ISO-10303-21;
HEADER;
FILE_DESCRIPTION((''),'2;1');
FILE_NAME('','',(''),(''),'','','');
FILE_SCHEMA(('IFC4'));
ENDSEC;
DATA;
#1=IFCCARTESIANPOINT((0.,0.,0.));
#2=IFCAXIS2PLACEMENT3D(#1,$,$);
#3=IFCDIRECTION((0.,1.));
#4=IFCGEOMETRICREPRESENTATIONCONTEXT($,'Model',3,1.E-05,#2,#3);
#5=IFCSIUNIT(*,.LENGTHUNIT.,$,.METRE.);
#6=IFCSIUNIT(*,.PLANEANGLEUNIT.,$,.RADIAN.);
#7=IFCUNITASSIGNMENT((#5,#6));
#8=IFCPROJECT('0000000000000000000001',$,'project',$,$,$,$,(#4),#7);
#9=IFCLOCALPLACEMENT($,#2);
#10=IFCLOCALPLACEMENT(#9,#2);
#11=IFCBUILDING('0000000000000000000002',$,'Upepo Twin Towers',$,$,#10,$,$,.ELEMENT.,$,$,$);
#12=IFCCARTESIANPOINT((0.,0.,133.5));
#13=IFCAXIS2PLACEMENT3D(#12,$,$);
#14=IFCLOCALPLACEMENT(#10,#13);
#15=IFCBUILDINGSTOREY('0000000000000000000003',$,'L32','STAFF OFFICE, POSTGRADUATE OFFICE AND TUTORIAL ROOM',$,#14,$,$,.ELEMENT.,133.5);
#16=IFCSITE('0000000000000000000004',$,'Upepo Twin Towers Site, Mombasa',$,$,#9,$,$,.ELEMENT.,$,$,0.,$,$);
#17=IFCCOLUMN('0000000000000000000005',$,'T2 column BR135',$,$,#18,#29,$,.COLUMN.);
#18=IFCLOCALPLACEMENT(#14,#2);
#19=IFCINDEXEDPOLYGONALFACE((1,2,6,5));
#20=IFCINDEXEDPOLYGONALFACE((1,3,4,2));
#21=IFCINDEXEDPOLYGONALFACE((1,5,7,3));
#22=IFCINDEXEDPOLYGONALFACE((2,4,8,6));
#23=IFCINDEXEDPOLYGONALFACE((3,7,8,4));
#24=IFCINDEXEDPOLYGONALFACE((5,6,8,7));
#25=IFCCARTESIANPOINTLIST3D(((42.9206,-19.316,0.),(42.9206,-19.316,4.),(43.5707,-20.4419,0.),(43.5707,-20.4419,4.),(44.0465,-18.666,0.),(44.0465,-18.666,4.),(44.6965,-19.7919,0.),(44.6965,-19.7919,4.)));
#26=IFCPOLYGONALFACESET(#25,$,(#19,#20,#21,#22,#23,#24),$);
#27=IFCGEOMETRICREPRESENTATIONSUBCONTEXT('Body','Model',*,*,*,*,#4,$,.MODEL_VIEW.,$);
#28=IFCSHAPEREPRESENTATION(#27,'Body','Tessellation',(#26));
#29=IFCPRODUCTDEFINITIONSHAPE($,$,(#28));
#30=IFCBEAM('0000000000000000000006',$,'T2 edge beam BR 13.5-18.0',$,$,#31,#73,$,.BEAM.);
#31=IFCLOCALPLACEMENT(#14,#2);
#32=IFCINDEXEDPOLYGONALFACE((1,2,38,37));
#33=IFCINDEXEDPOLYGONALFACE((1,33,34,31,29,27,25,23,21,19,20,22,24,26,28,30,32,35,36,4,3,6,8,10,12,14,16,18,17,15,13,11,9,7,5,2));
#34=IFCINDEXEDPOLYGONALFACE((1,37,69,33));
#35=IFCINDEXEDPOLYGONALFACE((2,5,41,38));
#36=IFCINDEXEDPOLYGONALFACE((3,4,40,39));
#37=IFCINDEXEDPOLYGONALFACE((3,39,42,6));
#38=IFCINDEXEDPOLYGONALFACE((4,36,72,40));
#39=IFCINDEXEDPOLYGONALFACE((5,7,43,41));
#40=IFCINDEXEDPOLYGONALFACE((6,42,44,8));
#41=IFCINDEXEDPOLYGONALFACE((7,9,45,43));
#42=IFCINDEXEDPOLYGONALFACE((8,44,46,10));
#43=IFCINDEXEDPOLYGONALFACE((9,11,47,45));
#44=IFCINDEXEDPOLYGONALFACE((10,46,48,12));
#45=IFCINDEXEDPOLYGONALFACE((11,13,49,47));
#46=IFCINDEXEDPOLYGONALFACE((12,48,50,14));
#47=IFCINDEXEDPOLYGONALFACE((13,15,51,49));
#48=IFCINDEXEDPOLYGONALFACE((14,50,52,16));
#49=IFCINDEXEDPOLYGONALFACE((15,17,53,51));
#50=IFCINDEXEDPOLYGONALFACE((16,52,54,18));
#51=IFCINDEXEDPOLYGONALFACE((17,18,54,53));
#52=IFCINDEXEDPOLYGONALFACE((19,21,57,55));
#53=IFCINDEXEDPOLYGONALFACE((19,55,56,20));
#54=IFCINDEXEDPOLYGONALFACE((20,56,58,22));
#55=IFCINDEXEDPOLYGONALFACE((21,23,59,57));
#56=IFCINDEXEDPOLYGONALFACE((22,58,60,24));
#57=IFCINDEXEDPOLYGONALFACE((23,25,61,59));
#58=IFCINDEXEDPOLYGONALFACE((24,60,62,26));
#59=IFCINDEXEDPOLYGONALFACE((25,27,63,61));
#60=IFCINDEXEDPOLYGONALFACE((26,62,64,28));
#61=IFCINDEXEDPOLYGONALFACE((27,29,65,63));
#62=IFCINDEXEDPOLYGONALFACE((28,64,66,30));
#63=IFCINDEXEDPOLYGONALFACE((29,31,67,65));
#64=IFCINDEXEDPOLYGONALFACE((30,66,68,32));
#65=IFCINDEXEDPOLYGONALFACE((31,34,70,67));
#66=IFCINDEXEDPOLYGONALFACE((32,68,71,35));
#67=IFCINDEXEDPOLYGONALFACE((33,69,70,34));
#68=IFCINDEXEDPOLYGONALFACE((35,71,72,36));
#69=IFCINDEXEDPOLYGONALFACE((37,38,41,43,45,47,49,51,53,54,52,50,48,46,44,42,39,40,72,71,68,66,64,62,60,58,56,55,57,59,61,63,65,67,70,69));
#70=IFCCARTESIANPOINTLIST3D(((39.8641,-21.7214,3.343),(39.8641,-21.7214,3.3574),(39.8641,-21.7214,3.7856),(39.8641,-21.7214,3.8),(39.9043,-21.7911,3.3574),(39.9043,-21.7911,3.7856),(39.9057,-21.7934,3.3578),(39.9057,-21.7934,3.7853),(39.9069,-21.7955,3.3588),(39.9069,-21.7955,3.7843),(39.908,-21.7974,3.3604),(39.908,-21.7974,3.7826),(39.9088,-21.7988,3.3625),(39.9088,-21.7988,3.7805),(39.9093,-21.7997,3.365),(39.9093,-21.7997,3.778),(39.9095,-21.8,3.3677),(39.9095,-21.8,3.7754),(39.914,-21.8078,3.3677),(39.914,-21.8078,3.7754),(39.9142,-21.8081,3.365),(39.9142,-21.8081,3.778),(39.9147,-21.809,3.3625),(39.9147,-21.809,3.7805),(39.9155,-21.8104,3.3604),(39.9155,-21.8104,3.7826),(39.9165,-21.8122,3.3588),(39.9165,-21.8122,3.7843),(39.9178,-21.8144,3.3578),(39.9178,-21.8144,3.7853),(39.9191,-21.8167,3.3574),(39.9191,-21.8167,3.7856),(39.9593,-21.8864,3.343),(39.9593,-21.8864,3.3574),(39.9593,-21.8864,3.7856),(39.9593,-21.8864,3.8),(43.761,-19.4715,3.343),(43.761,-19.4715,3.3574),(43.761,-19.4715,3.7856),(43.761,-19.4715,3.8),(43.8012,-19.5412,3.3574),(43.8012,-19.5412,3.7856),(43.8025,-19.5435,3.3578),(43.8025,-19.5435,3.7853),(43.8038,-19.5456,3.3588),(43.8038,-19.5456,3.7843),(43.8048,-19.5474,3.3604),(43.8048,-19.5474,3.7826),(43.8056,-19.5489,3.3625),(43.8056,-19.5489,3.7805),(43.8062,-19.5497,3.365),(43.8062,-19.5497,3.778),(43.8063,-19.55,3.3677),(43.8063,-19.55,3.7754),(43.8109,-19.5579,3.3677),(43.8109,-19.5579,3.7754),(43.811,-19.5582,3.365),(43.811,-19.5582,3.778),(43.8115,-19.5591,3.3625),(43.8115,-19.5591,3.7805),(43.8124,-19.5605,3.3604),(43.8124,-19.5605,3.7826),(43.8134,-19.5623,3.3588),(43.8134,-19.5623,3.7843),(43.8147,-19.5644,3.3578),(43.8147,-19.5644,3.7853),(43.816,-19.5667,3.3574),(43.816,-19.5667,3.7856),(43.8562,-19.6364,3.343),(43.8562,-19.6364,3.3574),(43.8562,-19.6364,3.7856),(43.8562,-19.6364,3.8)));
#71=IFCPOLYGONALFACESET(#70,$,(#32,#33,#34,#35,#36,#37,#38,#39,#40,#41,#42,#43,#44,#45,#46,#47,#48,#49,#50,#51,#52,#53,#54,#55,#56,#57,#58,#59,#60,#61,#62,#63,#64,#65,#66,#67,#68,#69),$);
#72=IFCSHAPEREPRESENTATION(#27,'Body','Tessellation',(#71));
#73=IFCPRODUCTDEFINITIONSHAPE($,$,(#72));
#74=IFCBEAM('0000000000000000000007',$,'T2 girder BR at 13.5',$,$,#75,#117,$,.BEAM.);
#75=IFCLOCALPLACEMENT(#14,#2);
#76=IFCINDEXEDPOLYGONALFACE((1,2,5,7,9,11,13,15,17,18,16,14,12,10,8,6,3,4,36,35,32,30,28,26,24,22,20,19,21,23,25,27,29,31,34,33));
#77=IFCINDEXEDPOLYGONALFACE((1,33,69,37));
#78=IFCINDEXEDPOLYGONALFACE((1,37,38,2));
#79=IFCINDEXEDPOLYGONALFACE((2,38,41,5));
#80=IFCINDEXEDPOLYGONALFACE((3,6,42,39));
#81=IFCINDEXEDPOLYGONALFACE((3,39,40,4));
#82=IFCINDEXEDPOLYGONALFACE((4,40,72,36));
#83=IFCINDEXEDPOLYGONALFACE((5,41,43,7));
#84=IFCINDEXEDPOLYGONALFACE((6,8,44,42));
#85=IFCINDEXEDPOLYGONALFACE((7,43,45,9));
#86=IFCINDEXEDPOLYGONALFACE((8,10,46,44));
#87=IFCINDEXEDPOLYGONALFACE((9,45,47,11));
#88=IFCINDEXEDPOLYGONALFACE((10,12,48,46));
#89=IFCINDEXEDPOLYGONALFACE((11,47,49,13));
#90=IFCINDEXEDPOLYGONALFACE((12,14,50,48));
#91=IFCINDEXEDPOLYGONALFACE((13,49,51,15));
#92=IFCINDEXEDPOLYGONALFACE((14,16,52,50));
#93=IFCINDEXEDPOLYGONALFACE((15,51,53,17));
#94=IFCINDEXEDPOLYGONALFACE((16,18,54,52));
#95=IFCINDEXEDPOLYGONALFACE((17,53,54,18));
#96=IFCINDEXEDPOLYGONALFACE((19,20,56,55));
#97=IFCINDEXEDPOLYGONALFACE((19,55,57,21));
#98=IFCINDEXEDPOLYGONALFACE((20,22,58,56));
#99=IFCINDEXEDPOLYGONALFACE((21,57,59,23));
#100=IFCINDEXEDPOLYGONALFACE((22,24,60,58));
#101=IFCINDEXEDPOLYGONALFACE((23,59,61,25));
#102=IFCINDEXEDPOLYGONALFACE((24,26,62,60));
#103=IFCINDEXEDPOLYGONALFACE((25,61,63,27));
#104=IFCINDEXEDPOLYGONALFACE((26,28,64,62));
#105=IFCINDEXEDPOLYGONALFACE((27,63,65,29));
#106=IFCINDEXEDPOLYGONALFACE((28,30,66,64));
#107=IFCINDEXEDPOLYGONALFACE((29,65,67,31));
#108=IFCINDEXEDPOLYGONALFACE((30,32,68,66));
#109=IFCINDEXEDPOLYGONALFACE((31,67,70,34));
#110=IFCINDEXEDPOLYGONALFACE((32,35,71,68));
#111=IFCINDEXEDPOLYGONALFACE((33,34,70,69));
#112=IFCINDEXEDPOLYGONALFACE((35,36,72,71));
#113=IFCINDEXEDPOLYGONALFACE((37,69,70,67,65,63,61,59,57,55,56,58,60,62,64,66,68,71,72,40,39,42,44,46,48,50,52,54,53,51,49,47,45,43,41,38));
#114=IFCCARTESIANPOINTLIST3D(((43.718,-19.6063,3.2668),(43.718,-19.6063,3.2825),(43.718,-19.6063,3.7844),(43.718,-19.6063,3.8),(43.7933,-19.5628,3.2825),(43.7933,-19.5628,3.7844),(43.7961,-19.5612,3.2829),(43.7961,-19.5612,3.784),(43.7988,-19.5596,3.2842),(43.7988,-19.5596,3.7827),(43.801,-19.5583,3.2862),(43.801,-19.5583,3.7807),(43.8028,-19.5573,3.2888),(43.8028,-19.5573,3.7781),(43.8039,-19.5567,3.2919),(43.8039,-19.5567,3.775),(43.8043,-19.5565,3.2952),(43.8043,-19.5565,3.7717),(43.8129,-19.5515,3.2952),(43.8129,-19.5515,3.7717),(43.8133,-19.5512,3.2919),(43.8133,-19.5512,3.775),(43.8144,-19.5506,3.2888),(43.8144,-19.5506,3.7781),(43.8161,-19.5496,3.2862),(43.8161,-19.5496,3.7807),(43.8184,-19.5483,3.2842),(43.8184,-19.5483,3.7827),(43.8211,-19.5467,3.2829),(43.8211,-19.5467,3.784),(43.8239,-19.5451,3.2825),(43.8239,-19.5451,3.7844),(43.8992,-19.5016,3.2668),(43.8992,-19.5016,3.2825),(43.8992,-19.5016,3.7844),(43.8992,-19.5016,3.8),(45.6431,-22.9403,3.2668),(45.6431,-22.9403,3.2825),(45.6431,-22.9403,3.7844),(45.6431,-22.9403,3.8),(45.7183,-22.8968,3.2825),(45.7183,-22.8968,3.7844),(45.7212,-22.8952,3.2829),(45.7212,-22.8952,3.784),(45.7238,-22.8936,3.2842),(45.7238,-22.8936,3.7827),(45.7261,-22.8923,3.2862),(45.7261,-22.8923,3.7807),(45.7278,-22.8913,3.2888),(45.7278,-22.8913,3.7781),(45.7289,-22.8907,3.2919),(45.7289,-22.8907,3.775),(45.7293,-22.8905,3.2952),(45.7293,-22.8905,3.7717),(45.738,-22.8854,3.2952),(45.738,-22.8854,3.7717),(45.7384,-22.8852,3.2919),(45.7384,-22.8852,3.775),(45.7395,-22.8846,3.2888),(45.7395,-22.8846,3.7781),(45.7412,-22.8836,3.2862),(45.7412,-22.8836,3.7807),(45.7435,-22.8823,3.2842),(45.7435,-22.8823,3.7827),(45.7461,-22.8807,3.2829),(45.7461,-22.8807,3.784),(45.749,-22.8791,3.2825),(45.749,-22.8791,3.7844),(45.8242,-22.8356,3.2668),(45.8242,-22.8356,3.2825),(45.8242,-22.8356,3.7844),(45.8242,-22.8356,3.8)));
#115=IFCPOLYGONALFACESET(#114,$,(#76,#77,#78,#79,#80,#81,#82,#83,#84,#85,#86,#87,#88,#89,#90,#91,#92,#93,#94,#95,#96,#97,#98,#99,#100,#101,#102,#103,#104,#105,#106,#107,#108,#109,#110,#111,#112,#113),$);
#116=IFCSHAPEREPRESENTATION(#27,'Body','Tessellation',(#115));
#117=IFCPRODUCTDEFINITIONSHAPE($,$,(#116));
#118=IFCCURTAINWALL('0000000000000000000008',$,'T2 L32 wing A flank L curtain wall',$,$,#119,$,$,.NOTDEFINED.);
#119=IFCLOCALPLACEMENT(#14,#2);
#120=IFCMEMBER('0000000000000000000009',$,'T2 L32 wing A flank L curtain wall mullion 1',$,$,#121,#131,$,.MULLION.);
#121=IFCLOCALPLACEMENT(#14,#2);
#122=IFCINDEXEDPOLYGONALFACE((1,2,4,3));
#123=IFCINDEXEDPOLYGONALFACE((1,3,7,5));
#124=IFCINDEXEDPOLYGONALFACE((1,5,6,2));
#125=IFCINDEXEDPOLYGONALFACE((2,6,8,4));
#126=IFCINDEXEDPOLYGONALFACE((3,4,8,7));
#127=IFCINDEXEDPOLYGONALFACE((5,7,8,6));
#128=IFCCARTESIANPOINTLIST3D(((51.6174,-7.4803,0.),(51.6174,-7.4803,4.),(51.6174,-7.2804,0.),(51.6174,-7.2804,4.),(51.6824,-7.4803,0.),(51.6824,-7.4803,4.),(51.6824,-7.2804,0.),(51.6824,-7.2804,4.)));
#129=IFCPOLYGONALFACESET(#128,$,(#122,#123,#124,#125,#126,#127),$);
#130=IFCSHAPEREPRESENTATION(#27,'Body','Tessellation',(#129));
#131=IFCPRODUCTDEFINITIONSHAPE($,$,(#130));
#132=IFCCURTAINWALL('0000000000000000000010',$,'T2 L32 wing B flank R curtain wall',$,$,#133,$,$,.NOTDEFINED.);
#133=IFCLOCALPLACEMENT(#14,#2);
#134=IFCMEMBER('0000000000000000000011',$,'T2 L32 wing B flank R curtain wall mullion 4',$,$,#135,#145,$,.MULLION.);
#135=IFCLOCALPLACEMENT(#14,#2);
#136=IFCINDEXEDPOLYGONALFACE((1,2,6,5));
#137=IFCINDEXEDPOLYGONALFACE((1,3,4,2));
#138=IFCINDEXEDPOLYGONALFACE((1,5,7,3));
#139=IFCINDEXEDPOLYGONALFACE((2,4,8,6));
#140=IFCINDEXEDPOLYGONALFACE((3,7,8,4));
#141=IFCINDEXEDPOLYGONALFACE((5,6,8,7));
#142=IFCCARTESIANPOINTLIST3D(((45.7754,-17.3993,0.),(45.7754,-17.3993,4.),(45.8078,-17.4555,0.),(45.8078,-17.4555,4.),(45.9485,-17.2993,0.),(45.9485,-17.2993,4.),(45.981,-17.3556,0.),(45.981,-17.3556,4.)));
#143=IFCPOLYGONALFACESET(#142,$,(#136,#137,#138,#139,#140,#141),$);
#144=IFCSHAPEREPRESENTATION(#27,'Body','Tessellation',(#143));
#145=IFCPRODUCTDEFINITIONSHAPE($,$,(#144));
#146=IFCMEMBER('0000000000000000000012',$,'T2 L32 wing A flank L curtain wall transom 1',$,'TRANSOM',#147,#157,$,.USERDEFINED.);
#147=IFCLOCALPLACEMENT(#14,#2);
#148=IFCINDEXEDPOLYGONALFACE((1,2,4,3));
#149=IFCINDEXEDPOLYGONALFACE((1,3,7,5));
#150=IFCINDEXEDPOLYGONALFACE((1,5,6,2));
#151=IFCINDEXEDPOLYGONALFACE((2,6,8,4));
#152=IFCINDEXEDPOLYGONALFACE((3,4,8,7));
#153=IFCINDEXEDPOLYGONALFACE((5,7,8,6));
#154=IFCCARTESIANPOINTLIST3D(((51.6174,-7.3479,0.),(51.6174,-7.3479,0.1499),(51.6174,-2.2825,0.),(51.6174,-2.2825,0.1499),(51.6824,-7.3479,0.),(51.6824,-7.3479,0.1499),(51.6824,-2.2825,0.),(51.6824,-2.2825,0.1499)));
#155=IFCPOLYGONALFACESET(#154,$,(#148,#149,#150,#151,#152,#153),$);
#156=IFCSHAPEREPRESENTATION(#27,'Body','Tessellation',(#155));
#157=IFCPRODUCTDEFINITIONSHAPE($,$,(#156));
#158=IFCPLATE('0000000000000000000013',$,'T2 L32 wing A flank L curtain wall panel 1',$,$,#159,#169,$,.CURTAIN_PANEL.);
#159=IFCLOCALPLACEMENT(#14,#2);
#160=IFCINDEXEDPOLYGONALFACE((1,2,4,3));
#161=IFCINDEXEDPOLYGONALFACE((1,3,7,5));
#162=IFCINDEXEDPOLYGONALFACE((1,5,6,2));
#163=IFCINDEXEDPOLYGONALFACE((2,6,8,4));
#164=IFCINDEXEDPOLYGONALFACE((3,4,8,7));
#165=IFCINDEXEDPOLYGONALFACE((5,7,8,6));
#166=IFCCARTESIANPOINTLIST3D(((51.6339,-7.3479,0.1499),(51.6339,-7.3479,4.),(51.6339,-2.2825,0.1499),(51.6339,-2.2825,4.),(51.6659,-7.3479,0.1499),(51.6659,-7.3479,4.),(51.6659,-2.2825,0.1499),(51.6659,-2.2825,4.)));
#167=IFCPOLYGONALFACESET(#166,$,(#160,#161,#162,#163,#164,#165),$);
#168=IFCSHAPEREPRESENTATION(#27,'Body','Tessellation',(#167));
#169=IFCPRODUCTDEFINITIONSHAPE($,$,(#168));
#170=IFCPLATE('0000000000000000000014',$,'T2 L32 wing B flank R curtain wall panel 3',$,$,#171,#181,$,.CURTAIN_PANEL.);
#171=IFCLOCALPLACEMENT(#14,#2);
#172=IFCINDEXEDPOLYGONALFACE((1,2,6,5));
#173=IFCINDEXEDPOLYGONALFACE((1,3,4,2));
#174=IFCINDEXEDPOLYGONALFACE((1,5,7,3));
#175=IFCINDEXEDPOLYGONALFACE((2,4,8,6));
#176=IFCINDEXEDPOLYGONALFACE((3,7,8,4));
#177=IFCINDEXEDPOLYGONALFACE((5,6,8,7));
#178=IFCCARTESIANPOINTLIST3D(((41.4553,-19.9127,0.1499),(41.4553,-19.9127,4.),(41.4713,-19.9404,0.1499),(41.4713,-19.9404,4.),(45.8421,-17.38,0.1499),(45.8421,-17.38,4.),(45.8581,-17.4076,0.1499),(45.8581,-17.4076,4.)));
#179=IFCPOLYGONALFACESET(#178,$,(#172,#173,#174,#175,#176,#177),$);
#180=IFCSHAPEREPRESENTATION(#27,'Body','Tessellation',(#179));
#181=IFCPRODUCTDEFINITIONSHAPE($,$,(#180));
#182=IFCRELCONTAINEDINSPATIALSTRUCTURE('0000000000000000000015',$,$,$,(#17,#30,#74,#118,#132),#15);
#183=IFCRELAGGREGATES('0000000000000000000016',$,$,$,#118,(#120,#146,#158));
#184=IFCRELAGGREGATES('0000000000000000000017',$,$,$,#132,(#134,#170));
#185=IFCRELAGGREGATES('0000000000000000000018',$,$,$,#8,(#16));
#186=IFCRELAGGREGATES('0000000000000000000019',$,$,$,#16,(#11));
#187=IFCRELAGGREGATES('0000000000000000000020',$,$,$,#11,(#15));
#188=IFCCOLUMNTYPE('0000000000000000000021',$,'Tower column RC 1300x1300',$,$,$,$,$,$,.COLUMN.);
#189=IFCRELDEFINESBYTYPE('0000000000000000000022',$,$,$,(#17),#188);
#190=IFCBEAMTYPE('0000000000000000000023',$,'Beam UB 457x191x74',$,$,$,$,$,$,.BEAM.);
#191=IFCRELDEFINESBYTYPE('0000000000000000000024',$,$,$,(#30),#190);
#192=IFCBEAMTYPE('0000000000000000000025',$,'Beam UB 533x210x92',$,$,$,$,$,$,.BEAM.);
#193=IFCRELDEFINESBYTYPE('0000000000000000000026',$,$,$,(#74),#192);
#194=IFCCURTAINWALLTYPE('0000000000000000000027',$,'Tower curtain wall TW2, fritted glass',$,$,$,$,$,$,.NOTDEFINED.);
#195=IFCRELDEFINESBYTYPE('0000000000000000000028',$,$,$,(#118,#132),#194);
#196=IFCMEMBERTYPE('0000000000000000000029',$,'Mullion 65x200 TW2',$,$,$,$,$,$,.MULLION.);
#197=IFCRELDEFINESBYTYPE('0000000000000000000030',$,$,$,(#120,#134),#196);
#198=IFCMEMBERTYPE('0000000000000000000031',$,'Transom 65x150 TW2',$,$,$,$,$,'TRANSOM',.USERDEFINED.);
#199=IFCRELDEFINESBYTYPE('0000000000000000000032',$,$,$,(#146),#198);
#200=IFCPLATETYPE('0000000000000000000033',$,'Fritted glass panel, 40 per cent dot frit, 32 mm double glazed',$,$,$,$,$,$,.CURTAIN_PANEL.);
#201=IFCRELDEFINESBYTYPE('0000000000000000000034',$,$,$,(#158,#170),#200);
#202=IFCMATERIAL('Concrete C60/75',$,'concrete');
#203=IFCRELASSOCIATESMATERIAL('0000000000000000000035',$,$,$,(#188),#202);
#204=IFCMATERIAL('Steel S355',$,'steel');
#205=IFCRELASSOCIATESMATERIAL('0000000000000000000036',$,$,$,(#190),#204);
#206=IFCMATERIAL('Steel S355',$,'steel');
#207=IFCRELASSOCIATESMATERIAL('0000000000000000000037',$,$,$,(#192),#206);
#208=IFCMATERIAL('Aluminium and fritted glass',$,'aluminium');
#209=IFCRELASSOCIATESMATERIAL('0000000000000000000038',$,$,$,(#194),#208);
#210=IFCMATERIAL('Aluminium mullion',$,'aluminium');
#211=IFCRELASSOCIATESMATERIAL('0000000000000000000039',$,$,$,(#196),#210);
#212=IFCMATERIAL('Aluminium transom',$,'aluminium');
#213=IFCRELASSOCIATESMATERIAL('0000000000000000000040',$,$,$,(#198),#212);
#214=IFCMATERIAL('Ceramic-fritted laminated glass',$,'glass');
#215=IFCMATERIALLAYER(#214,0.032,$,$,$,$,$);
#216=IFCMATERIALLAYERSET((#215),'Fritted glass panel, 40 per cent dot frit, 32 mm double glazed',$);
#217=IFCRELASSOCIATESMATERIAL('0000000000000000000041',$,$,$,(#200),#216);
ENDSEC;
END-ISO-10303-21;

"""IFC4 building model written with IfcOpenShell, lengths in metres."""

from ifc_helpers import new_model, si_unit, direction, frame, origin, origin_2d, place, context, subcontext, project, spatial, rectangle, i_section, extrude, material, layer, layer_set, material_profile, profile_set, type_object, element, aggregate, save


model = new_model("IFC4")

# Units and contexts
model_context = context("Model", 3, precision=1e-05, world=origin(), true_north=direction((0.0, 1.0)))
body_context = subcontext(model_context, "Body", "Model", "MODEL_VIEW")
ifc_project = project(units=[si_unit("LENGTHUNIT", "METRE"), si_unit("PLANEANGLEUNIT", "RADIAN")], contexts=[model_context])

# Site, building, storey
site_placement = place(None, origin())
site = spatial("IfcSite", under=ifc_project, at=site_placement, Name="Upepo Twin Towers Site, Mombasa", CompositionType="ELEMENT", RefElevation=0.0)
building_placement = place(site_placement, origin())
building = spatial("IfcBuilding", under=site, at=building_placement, Name="Upepo Twin Towers", CompositionType="ELEMENT")
storey_placement = place(building_placement, frame((0.0, 0.0, 133.5)))
storey = spatial("IfcBuildingStorey", under=building, at=storey_placement, Name="L32", Description="STAFF OFFICE, POSTGRADUATE OFFICE AND TUTORIAL ROOM", CompositionType="ELEMENT", Elevation=133.5)

# Column
ifc_material_1 = material(Name="Concrete C60/75", Category="concrete")
ifc_material_profile_1 = material_profile(ifc_material_1, rectangle(XDim=1.3, YDim=1.3, at=origin_2d()), Name="RC 1300x1300")
ifc_profile_set_1 = profile_set([ifc_material_profile_1], Name="Concrete C60/75")
column_type = type_object("IfcColumnType", Name="Tower column RC 1300x1300", PredefinedType="COLUMN", material=ifc_profile_set_1)
column_placement = place(storey_placement, frame((43.8086, -19.554, 0.0), z_axis=(0.0, 0.0, 1.0), x_axis=(0.866025, 0.5, 0.0)))
element("IfcColumn", 1, at=column_placement, inside=storey, type_object=column_type, Name="T2 column BR135", PredefinedType="COLUMN", context=body_context, shape_type="SweptSolid", body=[
    extrude(rectangle(XDim=1.3, YDim=1.3, at=origin_2d()), origin(), (0.0, 0.0, 1.0), 4.0),
])

# Beams
ifc_material_2 = material(Name="Steel S355", Category="steel")
ifc_material_profile_2 = material_profile(ifc_material_2, i_section(OverallWidth=0.1904, OverallDepth=0.457, WebThickness=0.009, FlangeThickness=0.0144, FilletRadius=0.0103, at=origin_2d()), Name="UB 457x191x74")
ifc_profile_set_2 = profile_set([ifc_material_profile_2], Name="Steel S355")
beam_type_1 = type_object("IfcBeamType", Name="Beam UB 457x191x74", PredefinedType="BEAM", material=ifc_profile_set_2)
beam_1_placement = place(storey_placement, frame((43.8086, -19.554, 3.5715), z_axis=(-0.866018, -0.500014, 0.0), x_axis=(0.500014, -0.866018, 0.0)))
element("IfcBeam", 2, at=beam_1_placement, inside=storey, type_object=beam_type_1, Name="T2 edge beam BR 13.5-18.0", PredefinedType="BEAM", context=body_context, shape_type="SweptSolid", body=[
    extrude(i_section(OverallWidth=0.1904, OverallDepth=0.457, WebThickness=0.009, FlangeThickness=0.0144, FilletRadius=0.0103, at=origin_2d()), origin(), (0.0, 0.0, 1.0), 4.4998),
])
ifc_material_3 = material(Name="Steel S355", Category="steel")
ifc_material_profile_3 = material_profile(ifc_material_3, i_section(OverallWidth=0.2092, OverallDepth=0.5332, WebThickness=0.01, FlangeThickness=0.0156, FilletRadius=0.0127, at=origin_2d()), Name="UB 533x210x92")
ifc_profile_set_3 = profile_set([ifc_material_profile_3], Name="Steel S355")
beam_type_2 = type_object("IfcBeamType", Name="Beam UB 533x210x92", PredefinedType="BEAM", material=ifc_profile_set_3)
beam_2_placement = place(storey_placement, frame((43.8086, -19.554, 3.5334), z_axis=(0.500034, -0.866006, 0.0), x_axis=(0.866006, 0.500034, 0.0)))
element("IfcBeam", 3, at=beam_2_placement, inside=storey, type_object=beam_type_2, Name="T2 girder BR at 13.5", PredefinedType="BEAM", context=body_context, shape_type="SweptSolid", body=[
    extrude(i_section(OverallWidth=0.2092, OverallDepth=0.5332, WebThickness=0.01, FlangeThickness=0.0156, FilletRadius=0.0127, at=origin_2d()), origin(), (0.0, 0.0, 1.0), 3.8499),
])

# Curtain walls, members
ifc_material_4 = material(Name="Aluminium and fritted glass", Category="aluminium")
curtain_wall_type = type_object("IfcCurtainWallType", Name="Tower curtain wall TW2, fritted glass", PredefinedType="NOTDEFINED", material=ifc_material_4)
curtain_wall_1_placement = place(storey_placement, origin())
curtain_wall_1 = element("IfcCurtainWall", 4, at=curtain_wall_1_placement, inside=storey, type_object=curtain_wall_type, Name="T2 L32 wing A flank L curtain wall", PredefinedType="NOTDEFINED")
ifc_material_5 = material(Name="Aluminium mullion", Category="aluminium")
ifc_material_profile_4 = material_profile(ifc_material_5, rectangle(XDim=0.0649, YDim=0.2, at=origin_2d()), Name="MULLION 65x200")
ifc_profile_set_4 = profile_set([ifc_material_profile_4], Name="Aluminium mullion")
member_type_1 = type_object("IfcMemberType", Name="Mullion 65x200 TW2", PredefinedType="MULLION", material=ifc_profile_set_4)
member_1_placement = place(storey_placement, frame((51.6499, -7.3804, 0.0), z_axis=(0.0, 0.0, 1.0), x_axis=(-1.0, 0.0, 0.0)))
member_1 = element("IfcMember", 5, at=member_1_placement, type_object=member_type_1, Name="T2 L32 wing A flank L curtain wall mullion 1", PredefinedType="MULLION", context=body_context, shape_type="SweptSolid", body=[
    extrude(rectangle(XDim=0.0649, YDim=0.2, at=origin_2d()), origin(), (0.0, 0.0, 1.0), 4.0),
])
curtain_wall_2_placement = place(storey_placement, origin())
curtain_wall_2 = element("IfcCurtainWall", 6, at=curtain_wall_2_placement, inside=storey, type_object=curtain_wall_type, Name="T2 L32 wing B flank R curtain wall", PredefinedType="NOTDEFINED")
member_2_placement = place(storey_placement, frame((45.8782, -17.3774, 0.0), z_axis=(0.0, 0.0, 1.0), x_axis=(-0.5, 0.866025, 0.0)))
member_2 = element("IfcMember", 7, at=member_2_placement, type_object=member_type_1, Name="T2 L32 wing B flank R curtain wall mullion 4", PredefinedType="MULLION", context=body_context, shape_type="SweptSolid", body=[
    extrude(rectangle(XDim=0.0649, YDim=0.2, at=origin_2d()), origin(), (0.0, 0.0, 1.0), 4.0),
])

# Member
ifc_material_6 = material(Name="Aluminium transom", Category="aluminium")
ifc_material_profile_5 = material_profile(ifc_material_6, rectangle(XDim=0.0649, YDim=0.1499, at=origin_2d()), Name="TRANSOM 65x150")
ifc_profile_set_5 = profile_set([ifc_material_profile_5], Name="Aluminium transom")
member_type_2 = type_object("IfcMemberType", Name="Transom 65x150 TW2", ElementType="TRANSOM", PredefinedType="USERDEFINED", material=ifc_profile_set_5)
member_3_placement = place(storey_placement, frame((51.6499, -7.3479, 0.075), z_axis=(0.0, 1.0, 0.0), x_axis=(-1.0, 0.0, 0.0)))
member_3 = element("IfcMember", 8, at=member_3_placement, type_object=member_type_2, Name="T2 L32 wing A flank L curtain wall transom 1", ObjectType="TRANSOM", PredefinedType="USERDEFINED", context=body_context, shape_type="SweptSolid", body=[
    extrude(rectangle(XDim=0.0649, YDim=0.1499, at=origin_2d()), origin(), (0.0, 0.0, 1.0), 5.0654),
])

# Plates
ifc_material_7 = material(Name="Ceramic-fritted laminated glass", Category="glass")
ifc_layer_1 = layer(ifc_material_7, 0.032)
ifc_layer_set_1 = layer_set([ifc_layer_1], Name="Fritted glass panel, 40 per cent dot frit, 32 mm double glazed")
plate_type = type_object("IfcPlateType", Name="Fritted glass panel, 40 per cent dot frit, 32 mm double glazed", PredefinedType="CURTAIN_PANEL", material=ifc_layer_set_1)
plate_1_placement = place(storey_placement, frame((51.6499, -4.8152, 0.1499), z_axis=(0.0, 0.0, 1.0), x_axis=(0.0, 1.0, 0.0)))
plate_1 = element("IfcPlate", 9, at=plate_1_placement, type_object=plate_type, Name="T2 L32 wing A flank L curtain wall panel 1", PredefinedType="CURTAIN_PANEL", context=body_context, shape_type="SweptSolid", body=[
    extrude(rectangle(XDim=5.0654, YDim=0.032, at=origin_2d()), origin(), (0.0, 0.0, 1.0), 3.8501),
])
aggregate(curtain_wall_1, [member_1, member_3, plate_1])
plate_2_placement = place(storey_placement, frame((43.6567, -18.6602, 0.1499), z_axis=(0.0, 0.0, 1.0), x_axis=(0.866025, 0.5, 0.0)))
plate_2 = element("IfcPlate", 10, at=plate_2_placement, type_object=plate_type, Name="T2 L32 wing B flank R curtain wall panel 3", PredefinedType="CURTAIN_PANEL", context=body_context, shape_type="SweptSolid", body=[
    extrude(rectangle(XDim=5.0654, YDim=0.032, at=origin_2d()), origin(), (0.0, 0.0, 1.0), 3.8501),
])
aggregate(curtain_wall_2, [member_2, plate_2])

save(model, "model.ifc")
